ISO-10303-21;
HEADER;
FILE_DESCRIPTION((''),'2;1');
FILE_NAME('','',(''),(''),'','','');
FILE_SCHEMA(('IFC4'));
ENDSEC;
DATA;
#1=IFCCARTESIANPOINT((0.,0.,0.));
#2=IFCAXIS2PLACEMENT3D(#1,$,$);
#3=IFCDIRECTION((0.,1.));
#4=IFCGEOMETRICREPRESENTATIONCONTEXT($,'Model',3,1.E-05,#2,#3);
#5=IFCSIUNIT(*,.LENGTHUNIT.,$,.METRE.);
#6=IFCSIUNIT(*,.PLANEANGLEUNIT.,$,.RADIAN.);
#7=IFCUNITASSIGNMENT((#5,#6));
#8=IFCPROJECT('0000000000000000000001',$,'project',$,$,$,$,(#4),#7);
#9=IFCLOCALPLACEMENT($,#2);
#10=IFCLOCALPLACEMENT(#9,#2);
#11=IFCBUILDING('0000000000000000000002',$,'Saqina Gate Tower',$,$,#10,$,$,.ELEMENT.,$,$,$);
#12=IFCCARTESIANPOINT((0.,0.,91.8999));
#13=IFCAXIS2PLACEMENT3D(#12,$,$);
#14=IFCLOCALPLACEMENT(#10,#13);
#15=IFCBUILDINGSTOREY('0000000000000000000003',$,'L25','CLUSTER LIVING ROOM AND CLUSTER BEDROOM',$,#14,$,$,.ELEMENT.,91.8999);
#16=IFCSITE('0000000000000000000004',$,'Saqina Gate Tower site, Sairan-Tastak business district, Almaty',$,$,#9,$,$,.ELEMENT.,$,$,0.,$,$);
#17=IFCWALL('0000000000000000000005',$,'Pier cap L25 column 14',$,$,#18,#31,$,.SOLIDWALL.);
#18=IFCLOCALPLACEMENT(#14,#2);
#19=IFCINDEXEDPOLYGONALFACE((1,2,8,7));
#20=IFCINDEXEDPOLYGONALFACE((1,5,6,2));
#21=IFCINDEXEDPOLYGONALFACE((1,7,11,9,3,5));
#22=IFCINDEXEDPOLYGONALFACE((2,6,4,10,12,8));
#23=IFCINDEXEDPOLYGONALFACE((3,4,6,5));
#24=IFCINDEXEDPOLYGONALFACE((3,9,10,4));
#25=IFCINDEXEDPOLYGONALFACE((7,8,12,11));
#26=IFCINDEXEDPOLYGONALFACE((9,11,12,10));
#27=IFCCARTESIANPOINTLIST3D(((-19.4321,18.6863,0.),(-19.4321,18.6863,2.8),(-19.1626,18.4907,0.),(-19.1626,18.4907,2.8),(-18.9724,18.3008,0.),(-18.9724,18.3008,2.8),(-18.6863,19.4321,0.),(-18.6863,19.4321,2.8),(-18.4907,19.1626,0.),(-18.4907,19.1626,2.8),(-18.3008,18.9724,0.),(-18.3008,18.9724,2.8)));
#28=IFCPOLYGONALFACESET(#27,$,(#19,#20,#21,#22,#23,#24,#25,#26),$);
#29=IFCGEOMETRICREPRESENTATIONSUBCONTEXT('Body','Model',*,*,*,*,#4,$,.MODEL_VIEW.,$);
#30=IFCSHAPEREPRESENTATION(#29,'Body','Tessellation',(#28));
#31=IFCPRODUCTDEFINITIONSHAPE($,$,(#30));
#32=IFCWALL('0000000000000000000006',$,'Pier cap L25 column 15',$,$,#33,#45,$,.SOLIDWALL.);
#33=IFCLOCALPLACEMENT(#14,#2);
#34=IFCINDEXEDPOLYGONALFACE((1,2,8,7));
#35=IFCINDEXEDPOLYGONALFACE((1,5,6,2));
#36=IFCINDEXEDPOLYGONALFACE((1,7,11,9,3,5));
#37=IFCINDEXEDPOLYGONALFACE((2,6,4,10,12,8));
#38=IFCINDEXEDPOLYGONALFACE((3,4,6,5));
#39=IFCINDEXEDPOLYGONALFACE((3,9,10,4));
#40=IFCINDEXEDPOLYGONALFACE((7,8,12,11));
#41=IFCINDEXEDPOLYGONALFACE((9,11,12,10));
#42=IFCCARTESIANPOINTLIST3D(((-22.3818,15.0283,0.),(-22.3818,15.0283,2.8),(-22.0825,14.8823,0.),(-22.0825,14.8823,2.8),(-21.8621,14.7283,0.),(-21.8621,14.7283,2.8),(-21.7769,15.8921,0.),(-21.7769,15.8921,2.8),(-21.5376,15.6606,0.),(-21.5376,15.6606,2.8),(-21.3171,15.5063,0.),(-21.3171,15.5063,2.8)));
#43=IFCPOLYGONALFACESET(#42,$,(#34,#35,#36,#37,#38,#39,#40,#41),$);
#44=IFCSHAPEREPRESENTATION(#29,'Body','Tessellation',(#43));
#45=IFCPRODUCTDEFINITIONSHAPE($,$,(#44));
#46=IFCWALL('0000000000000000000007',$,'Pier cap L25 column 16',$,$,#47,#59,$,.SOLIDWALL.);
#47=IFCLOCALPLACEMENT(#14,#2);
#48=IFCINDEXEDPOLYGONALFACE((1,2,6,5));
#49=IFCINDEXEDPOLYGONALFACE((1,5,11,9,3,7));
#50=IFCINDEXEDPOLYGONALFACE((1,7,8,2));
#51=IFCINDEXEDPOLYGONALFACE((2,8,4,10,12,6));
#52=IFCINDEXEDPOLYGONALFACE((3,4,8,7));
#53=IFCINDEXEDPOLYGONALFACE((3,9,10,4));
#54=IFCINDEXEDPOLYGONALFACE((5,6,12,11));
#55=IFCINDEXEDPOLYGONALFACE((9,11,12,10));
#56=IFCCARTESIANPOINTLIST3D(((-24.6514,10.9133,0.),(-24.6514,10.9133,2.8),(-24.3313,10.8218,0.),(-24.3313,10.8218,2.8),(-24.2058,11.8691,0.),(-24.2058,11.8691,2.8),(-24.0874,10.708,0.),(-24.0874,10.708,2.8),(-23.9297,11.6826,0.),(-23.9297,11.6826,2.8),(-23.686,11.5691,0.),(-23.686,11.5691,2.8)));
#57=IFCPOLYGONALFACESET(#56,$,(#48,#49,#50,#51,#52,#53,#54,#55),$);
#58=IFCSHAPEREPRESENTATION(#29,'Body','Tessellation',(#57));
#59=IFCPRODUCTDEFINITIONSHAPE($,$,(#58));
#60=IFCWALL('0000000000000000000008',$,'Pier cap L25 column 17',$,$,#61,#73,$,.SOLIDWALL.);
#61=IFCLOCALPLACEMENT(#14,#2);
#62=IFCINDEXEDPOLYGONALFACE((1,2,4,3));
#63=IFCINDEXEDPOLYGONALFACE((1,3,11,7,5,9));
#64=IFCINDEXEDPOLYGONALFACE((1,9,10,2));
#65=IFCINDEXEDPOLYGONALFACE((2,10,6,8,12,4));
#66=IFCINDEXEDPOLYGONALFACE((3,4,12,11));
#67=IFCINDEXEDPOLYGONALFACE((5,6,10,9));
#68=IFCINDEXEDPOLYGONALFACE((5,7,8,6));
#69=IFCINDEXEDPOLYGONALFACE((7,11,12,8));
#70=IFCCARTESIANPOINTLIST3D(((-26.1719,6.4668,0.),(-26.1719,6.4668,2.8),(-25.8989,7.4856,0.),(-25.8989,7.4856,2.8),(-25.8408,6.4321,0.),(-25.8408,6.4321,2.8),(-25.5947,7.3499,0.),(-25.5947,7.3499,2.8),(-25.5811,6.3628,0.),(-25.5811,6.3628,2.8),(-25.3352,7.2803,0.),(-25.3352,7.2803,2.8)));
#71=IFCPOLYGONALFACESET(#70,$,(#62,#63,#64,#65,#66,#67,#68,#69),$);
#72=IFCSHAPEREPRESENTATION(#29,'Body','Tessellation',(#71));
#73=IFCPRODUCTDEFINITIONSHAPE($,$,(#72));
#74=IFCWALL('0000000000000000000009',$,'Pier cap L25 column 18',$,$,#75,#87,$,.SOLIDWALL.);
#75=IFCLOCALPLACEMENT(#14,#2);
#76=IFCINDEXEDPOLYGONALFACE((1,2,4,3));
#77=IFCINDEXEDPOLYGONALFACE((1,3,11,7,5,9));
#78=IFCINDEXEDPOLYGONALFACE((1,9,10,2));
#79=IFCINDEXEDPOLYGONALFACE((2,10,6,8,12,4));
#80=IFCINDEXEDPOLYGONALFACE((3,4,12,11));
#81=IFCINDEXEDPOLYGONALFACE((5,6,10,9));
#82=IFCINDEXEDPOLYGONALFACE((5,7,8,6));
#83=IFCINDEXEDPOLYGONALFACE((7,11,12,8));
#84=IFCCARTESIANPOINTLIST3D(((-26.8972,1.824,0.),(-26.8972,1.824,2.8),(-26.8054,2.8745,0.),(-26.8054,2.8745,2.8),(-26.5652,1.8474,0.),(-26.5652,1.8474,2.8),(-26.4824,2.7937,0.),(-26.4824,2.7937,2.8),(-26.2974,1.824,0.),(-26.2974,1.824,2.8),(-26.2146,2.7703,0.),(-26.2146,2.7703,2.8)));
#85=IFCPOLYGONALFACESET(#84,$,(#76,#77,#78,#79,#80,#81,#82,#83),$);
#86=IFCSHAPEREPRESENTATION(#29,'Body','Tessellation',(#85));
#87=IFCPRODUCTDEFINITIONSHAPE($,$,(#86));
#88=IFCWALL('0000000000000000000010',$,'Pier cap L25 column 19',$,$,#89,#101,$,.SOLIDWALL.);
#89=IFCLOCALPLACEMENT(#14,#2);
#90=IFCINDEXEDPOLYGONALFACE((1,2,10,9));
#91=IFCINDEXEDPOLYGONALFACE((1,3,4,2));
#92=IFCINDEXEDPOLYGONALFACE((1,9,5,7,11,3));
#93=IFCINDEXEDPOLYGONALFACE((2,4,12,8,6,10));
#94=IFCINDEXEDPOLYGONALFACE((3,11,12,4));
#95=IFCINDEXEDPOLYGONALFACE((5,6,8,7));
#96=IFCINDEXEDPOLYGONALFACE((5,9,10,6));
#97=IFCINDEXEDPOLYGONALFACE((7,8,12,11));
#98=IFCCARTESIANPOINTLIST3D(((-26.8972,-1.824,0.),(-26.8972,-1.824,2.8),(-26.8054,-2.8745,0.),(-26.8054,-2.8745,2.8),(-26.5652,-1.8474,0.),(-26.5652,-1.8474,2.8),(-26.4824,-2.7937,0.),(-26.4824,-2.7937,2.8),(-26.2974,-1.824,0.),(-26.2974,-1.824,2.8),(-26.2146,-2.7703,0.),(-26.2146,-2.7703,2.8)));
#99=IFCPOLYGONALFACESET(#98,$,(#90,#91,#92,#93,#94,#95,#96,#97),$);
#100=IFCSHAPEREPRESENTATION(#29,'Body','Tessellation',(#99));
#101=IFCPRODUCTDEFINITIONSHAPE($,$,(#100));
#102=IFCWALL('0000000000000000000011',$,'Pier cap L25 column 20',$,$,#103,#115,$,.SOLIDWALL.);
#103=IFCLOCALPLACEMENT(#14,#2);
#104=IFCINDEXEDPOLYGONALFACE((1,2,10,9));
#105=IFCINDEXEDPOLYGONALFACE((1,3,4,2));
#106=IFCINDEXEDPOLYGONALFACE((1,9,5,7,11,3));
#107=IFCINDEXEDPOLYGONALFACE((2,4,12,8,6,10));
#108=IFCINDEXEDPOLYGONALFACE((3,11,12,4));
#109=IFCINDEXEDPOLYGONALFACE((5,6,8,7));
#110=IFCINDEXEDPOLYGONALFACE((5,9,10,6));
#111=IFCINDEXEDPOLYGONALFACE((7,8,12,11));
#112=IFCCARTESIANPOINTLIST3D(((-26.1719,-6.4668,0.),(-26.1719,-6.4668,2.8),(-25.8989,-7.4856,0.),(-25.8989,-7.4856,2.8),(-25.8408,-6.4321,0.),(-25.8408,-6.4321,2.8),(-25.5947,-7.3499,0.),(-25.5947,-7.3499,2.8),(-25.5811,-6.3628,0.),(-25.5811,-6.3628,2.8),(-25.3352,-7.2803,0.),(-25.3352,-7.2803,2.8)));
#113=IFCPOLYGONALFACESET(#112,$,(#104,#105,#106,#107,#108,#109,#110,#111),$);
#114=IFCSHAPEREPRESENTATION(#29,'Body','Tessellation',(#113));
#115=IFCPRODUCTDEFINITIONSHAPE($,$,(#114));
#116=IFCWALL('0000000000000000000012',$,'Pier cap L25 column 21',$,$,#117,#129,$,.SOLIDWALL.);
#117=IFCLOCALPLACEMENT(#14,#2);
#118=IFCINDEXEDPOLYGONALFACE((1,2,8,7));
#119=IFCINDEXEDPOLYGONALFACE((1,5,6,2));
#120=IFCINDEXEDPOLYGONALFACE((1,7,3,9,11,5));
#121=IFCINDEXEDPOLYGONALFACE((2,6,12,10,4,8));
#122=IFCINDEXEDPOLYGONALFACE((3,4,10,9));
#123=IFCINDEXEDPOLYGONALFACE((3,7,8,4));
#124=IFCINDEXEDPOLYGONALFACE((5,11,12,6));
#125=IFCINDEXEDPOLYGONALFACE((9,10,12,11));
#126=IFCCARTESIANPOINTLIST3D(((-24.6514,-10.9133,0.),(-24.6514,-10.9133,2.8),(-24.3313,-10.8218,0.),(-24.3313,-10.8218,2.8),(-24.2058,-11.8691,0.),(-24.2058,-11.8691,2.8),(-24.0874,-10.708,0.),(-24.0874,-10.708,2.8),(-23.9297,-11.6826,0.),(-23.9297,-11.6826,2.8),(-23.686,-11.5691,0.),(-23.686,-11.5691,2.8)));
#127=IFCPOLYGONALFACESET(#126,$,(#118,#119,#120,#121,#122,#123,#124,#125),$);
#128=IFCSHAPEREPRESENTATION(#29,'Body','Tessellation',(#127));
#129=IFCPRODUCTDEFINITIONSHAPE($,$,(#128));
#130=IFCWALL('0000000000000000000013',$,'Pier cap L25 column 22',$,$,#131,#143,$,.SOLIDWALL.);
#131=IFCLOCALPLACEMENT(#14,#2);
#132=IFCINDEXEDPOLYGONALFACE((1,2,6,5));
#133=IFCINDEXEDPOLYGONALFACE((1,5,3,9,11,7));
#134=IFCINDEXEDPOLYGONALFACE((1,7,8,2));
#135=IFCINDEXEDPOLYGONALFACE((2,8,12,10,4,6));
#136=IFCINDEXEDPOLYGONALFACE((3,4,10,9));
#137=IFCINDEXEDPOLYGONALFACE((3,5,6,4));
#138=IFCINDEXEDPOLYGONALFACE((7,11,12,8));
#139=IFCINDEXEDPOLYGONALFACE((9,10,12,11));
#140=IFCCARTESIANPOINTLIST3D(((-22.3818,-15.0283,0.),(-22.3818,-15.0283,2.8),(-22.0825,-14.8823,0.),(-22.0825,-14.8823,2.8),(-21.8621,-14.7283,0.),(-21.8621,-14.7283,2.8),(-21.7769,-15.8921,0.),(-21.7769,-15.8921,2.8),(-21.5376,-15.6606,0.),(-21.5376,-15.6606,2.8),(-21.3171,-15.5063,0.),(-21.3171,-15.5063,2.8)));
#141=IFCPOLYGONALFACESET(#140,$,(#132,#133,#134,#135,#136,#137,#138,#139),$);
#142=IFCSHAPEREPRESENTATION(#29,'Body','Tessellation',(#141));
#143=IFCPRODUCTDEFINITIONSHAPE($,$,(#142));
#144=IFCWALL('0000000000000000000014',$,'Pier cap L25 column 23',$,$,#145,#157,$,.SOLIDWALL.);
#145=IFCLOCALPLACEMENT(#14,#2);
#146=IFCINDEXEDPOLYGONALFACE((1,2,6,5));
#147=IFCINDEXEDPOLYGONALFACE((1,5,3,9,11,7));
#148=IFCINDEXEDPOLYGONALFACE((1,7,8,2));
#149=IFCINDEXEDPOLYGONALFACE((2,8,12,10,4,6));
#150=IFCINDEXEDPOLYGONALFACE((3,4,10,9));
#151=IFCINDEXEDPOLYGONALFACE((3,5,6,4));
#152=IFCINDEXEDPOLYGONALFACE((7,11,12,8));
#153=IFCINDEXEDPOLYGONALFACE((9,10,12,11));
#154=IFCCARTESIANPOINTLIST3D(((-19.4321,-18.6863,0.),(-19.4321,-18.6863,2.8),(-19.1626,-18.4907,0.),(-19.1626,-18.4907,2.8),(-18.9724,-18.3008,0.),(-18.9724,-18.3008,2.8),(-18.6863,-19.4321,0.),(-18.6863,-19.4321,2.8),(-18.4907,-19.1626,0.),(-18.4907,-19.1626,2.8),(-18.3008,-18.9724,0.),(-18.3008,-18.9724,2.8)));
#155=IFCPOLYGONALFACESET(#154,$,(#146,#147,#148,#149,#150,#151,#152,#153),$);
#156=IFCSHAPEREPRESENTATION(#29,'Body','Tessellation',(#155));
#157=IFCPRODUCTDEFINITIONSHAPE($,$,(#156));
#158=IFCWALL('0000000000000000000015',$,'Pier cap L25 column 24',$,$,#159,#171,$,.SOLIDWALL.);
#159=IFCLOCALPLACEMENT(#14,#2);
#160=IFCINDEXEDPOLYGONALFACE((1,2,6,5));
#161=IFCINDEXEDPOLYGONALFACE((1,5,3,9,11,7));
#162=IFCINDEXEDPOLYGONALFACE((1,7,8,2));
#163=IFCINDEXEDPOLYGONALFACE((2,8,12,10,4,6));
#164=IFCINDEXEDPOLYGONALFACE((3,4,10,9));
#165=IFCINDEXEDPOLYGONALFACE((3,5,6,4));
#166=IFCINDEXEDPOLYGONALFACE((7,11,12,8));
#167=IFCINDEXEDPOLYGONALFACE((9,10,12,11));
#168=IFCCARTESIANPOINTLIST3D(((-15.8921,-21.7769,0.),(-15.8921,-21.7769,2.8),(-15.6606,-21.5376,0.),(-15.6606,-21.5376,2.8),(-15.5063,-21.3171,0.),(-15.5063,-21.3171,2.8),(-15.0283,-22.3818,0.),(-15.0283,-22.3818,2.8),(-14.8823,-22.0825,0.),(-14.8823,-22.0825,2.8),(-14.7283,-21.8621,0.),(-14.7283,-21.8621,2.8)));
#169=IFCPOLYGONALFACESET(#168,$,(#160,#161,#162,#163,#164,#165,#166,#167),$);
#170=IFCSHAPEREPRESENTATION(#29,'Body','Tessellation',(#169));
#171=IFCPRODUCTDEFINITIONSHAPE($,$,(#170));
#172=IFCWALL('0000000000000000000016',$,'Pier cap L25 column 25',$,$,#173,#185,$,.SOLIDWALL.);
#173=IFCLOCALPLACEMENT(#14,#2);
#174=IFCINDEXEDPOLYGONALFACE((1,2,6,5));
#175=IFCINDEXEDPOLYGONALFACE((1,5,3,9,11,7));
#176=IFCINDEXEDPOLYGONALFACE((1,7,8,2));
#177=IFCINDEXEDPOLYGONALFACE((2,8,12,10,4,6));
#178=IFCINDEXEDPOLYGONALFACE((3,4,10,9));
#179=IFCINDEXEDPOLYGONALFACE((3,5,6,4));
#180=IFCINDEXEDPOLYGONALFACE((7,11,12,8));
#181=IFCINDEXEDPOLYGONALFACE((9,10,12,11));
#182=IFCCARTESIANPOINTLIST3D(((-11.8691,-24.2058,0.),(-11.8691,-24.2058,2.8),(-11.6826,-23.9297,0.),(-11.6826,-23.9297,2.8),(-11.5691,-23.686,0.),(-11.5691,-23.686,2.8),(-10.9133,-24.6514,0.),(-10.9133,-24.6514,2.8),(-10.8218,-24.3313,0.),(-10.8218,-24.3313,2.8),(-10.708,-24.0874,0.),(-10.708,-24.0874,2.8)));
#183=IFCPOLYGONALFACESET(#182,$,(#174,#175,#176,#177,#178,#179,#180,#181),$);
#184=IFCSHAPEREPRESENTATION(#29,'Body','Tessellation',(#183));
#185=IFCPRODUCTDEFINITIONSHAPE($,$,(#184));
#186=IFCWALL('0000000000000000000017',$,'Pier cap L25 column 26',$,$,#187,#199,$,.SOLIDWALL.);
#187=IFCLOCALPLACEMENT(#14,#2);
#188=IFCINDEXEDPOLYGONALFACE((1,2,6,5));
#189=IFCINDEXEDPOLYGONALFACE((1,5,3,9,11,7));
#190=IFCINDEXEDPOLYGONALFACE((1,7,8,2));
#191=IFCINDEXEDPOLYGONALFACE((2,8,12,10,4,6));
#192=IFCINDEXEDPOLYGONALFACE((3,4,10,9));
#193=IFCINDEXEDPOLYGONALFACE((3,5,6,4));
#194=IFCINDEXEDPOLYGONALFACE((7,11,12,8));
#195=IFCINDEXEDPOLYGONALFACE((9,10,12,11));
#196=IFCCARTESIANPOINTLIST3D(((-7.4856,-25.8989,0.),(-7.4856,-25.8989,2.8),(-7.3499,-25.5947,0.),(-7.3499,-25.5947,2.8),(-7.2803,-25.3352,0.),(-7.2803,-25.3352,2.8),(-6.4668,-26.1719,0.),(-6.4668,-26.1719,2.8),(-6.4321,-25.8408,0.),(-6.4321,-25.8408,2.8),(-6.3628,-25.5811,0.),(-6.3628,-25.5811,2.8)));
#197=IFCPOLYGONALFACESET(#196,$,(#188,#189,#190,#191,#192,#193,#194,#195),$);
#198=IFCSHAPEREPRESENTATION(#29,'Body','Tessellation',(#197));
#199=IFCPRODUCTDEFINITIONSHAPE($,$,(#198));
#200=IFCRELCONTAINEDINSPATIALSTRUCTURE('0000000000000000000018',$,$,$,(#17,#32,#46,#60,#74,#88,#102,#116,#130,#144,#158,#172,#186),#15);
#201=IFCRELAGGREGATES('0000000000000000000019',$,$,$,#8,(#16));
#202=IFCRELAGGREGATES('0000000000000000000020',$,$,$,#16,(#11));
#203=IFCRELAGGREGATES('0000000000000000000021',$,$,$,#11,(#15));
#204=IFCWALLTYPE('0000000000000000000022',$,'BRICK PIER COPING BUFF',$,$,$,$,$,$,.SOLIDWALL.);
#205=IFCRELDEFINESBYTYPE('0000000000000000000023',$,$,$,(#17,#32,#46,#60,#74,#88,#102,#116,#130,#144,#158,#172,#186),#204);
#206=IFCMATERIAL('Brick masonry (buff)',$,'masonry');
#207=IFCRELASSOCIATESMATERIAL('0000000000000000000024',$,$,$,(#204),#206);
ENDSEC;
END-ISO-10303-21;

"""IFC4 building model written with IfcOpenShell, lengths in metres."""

from ifc_helpers import new_model, si_unit, direction, frame, origin, place, context, subcontext, project, spatial, polyline, outline, extrude, material, type_object, element, save


model = new_model("IFC4")

# Units and contexts
model_context = context("Model", 3, precision=1e-05, world=origin(), true_north=direction((0.0, 1.0)))
body_context = subcontext(model_context, "Body", "Model", "MODEL_VIEW")
ifc_project = project(units=[si_unit("LENGTHUNIT", "METRE"), si_unit("PLANEANGLEUNIT", "RADIAN")], contexts=[model_context])

# Site, building, storey
site_placement = place(None, origin())
site = spatial("IfcSite", under=ifc_project, at=site_placement, Name="Saqina Gate Tower site, Sairan-Tastak business district, Almaty", CompositionType="ELEMENT", RefElevation=0.0)
building_placement = place(site_placement, origin())
building = spatial("IfcBuilding", under=site, at=building_placement, Name="Saqina Gate Tower", CompositionType="ELEMENT")
storey_placement = place(building_placement, frame((0.0, 0.0, 91.8999)))
storey = spatial("IfcBuildingStorey", under=building, at=storey_placement, Name="L25", Description="CLUSTER LIVING ROOM AND CLUSTER BEDROOM", CompositionType="ELEMENT", Elevation=91.8999)

# Walls
ifc_material_1 = material(Name="Brick masonry (buff)", Category="masonry")
wall_type_1 = type_object("IfcWallType", Name="BRICK PIER COPING BUFF", PredefinedType="SOLIDWALL", material=ifc_material_1)
wall_1_placement = place(storey_placement, origin())
element("IfcWall", 1, at=wall_1_placement, inside=storey, type_object=wall_type_1, Name="Pier cap L25 column 14", PredefinedType="SOLIDWALL", context=body_context, shape_type="SweptSolid", body=[
    extrude(outline(polyline([(-18.6863, 19.4321), (-19.4321, 18.6863), (-18.9724, 18.3008), (-19.1626, 18.4907), (-18.4907, 19.1626), (-18.3008, 18.9724), (-18.6863, 19.4321)])), origin(), (0.0, 0.0, 1.0), 2.8),
])
wall_2_placement = place(storey_placement, origin())
element("IfcWall", 2, at=wall_2_placement, inside=storey, type_object=wall_type_1, Name="Pier cap L25 column 15", PredefinedType="SOLIDWALL", context=body_context, shape_type="SweptSolid", body=[
    extrude(outline(polyline([(-22.3818, 15.0283), (-21.8621, 14.7283), (-22.0825, 14.8823), (-21.5376, 15.6606), (-21.3171, 15.5063), (-21.7769, 15.8921), (-22.3818, 15.0283)])), origin(), (0.0, 0.0, 1.0), 2.8),
])
wall_3_placement = place(storey_placement, origin())
element("IfcWall", 3, at=wall_3_placement, inside=storey, type_object=wall_type_1, Name="Pier cap L25 column 16", PredefinedType="SOLIDWALL", context=body_context, shape_type="SweptSolid", body=[
    extrude(outline(polyline([(-24.6514, 10.9133), (-24.0874, 10.708), (-24.3313, 10.8218), (-23.9297, 11.6826), (-23.686, 11.5691), (-24.2058, 11.8691), (-24.6514, 10.9133)])), origin(), (0.0, 0.0, 1.0), 2.8),
])
wall_4_placement = place(storey_placement, origin())
element("IfcWall", 4, at=wall_4_placement, inside=storey, type_object=wall_type_1, Name="Pier cap L25 column 17", PredefinedType="SOLIDWALL", context=body_context, shape_type="SweptSolid", body=[
    extrude(outline(polyline([(-25.8989, 7.4856), (-26.1719, 6.4668), (-25.5811, 6.3628), (-25.8408, 6.4321), (-25.5947, 7.3499), (-25.3352, 7.2803), (-25.8989, 7.4856)])), origin(), (0.0, 0.0, 1.0), 2.8),
])
wall_5_placement = place(storey_placement, origin())
element("IfcWall", 5, at=wall_5_placement, inside=storey, type_object=wall_type_1, Name="Pier cap L25 column 18", PredefinedType="SOLIDWALL", context=body_context, shape_type="SweptSolid", body=[
    extrude(outline(polyline([(-26.8054, 2.8745), (-26.8972, 1.824), (-26.2974, 1.824), (-26.5652, 1.8474), (-26.4824, 2.7937), (-26.2146, 2.7703), (-26.8054, 2.8745)])), origin(), (0.0, 0.0, 1.0), 2.8),
])
wall_6_placement = place(storey_placement, origin())
element("IfcWall", 6, at=wall_6_placement, inside=storey, type_object=wall_type_1, Name="Pier cap L25 column 19", PredefinedType="SOLIDWALL", context=body_context, shape_type="SweptSolid", body=[
    extrude(outline(polyline([(-26.8054, -2.8745), (-26.2146, -2.7703), (-26.4824, -2.7937), (-26.5652, -1.8474), (-26.2974, -1.824), (-26.8972, -1.824), (-26.8054, -2.8745)])), origin(), (0.0, 0.0, 1.0), 2.8),
])
wall_7_placement = place(storey_placement, origin())
element("IfcWall", 7, at=wall_7_placement, inside=storey, type_object=wall_type_1, Name="Pier cap L25 column 20", PredefinedType="SOLIDWALL", context=body_context, shape_type="SweptSolid", body=[
    extrude(outline(polyline([(-26.1719, -6.4668), (-25.8989, -7.4856), (-25.3352, -7.2803), (-25.5947, -7.3499), (-25.8408, -6.4321), (-25.5811, -6.3628), (-26.1719, -6.4668)])), origin(), (0.0, 0.0, 1.0), 2.8),
])
wall_8_placement = place(storey_placement, origin())
element("IfcWall", 8, at=wall_8_placement, inside=storey, type_object=wall_type_1, Name="Pier cap L25 column 21", PredefinedType="SOLIDWALL", context=body_context, shape_type="SweptSolid", body=[
    extrude(outline(polyline([(-24.6514, -10.9133), (-24.2058, -11.8691), (-23.686, -11.5691), (-23.9297, -11.6826), (-24.3313, -10.8218), (-24.0874, -10.708), (-24.6514, -10.9133)])), origin(), (0.0, 0.0, 1.0), 2.8),
])
wall_9_placement = place(storey_placement, origin())
element("IfcWall", 9, at=wall_9_placement, inside=storey, type_object=wall_type_1, Name="Pier cap L25 column 22", PredefinedType="SOLIDWALL", context=body_context, shape_type="SweptSolid", body=[
    extrude(outline(polyline([(-21.7769, -15.8921), (-21.3171, -15.5063), (-21.5376, -15.6606), (-22.0825, -14.8823), (-21.8621, -14.7283), (-22.3818, -15.0283), (-21.7769, -15.8921)])), origin(), (0.0, 0.0, 1.0), 2.8),
])
wall_10_placement = place(storey_placement, origin())
element("IfcWall", 10, at=wall_10_placement, inside=storey, type_object=wall_type_1, Name="Pier cap L25 column 23", PredefinedType="SOLIDWALL", context=body_context, shape_type="SweptSolid", body=[
    extrude(outline(polyline([(-19.4321, -18.6863), (-18.6863, -19.4321), (-18.3008, -18.9724), (-18.4907, -19.1626), (-19.1626, -18.4907), (-18.9724, -18.3008), (-19.4321, -18.6863)])), origin(), (0.0, 0.0, 1.0), 2.8),
])
wall_11_placement = place(storey_placement, origin())
element("IfcWall", 11, at=wall_11_placement, inside=storey, type_object=wall_type_1, Name="Pier cap L25 column 24", PredefinedType="SOLIDWALL", context=body_context, shape_type="SweptSolid", body=[
    extrude(outline(polyline([(-15.0283, -22.3818), (-14.7283, -21.8621), (-14.8823, -22.0825), (-15.6606, -21.5376), (-15.5063, -21.3171), (-15.8921, -21.7769), (-15.0283, -22.3818)])), origin(), (0.0, 0.0, 1.0), 2.8),
])
wall_12_placement = place(storey_placement, origin())
element("IfcWall", 12, at=wall_12_placement, inside=storey, type_object=wall_type_1, Name="Pier cap L25 column 25", PredefinedType="SOLIDWALL", context=body_context, shape_type="SweptSolid", body=[
    extrude(outline(polyline([(-10.9133, -24.6514), (-10.708, -24.0874), (-10.8218, -24.3313), (-11.6826, -23.9297), (-11.5691, -23.686), (-11.8691, -24.2058), (-10.9133, -24.6514)])), origin(), (0.0, 0.0, 1.0), 2.8),
])
wall_13_placement = place(storey_placement, origin())
element("IfcWall", 13, at=wall_13_placement, inside=storey, type_object=wall_type_1, Name="Pier cap L25 column 26", PredefinedType="SOLIDWALL", context=body_context, shape_type="SweptSolid", body=[
    extrude(outline(polyline([(-7.4856, -25.8989), (-6.4668, -26.1719), (-6.3628, -25.5811), (-6.4321, -25.8408), (-7.3499, -25.5947), (-7.2803, -25.3352), (-7.4856, -25.8989)])), origin(), (0.0, 0.0, 1.0), 2.8),
])

save(model, "model.ifc")
